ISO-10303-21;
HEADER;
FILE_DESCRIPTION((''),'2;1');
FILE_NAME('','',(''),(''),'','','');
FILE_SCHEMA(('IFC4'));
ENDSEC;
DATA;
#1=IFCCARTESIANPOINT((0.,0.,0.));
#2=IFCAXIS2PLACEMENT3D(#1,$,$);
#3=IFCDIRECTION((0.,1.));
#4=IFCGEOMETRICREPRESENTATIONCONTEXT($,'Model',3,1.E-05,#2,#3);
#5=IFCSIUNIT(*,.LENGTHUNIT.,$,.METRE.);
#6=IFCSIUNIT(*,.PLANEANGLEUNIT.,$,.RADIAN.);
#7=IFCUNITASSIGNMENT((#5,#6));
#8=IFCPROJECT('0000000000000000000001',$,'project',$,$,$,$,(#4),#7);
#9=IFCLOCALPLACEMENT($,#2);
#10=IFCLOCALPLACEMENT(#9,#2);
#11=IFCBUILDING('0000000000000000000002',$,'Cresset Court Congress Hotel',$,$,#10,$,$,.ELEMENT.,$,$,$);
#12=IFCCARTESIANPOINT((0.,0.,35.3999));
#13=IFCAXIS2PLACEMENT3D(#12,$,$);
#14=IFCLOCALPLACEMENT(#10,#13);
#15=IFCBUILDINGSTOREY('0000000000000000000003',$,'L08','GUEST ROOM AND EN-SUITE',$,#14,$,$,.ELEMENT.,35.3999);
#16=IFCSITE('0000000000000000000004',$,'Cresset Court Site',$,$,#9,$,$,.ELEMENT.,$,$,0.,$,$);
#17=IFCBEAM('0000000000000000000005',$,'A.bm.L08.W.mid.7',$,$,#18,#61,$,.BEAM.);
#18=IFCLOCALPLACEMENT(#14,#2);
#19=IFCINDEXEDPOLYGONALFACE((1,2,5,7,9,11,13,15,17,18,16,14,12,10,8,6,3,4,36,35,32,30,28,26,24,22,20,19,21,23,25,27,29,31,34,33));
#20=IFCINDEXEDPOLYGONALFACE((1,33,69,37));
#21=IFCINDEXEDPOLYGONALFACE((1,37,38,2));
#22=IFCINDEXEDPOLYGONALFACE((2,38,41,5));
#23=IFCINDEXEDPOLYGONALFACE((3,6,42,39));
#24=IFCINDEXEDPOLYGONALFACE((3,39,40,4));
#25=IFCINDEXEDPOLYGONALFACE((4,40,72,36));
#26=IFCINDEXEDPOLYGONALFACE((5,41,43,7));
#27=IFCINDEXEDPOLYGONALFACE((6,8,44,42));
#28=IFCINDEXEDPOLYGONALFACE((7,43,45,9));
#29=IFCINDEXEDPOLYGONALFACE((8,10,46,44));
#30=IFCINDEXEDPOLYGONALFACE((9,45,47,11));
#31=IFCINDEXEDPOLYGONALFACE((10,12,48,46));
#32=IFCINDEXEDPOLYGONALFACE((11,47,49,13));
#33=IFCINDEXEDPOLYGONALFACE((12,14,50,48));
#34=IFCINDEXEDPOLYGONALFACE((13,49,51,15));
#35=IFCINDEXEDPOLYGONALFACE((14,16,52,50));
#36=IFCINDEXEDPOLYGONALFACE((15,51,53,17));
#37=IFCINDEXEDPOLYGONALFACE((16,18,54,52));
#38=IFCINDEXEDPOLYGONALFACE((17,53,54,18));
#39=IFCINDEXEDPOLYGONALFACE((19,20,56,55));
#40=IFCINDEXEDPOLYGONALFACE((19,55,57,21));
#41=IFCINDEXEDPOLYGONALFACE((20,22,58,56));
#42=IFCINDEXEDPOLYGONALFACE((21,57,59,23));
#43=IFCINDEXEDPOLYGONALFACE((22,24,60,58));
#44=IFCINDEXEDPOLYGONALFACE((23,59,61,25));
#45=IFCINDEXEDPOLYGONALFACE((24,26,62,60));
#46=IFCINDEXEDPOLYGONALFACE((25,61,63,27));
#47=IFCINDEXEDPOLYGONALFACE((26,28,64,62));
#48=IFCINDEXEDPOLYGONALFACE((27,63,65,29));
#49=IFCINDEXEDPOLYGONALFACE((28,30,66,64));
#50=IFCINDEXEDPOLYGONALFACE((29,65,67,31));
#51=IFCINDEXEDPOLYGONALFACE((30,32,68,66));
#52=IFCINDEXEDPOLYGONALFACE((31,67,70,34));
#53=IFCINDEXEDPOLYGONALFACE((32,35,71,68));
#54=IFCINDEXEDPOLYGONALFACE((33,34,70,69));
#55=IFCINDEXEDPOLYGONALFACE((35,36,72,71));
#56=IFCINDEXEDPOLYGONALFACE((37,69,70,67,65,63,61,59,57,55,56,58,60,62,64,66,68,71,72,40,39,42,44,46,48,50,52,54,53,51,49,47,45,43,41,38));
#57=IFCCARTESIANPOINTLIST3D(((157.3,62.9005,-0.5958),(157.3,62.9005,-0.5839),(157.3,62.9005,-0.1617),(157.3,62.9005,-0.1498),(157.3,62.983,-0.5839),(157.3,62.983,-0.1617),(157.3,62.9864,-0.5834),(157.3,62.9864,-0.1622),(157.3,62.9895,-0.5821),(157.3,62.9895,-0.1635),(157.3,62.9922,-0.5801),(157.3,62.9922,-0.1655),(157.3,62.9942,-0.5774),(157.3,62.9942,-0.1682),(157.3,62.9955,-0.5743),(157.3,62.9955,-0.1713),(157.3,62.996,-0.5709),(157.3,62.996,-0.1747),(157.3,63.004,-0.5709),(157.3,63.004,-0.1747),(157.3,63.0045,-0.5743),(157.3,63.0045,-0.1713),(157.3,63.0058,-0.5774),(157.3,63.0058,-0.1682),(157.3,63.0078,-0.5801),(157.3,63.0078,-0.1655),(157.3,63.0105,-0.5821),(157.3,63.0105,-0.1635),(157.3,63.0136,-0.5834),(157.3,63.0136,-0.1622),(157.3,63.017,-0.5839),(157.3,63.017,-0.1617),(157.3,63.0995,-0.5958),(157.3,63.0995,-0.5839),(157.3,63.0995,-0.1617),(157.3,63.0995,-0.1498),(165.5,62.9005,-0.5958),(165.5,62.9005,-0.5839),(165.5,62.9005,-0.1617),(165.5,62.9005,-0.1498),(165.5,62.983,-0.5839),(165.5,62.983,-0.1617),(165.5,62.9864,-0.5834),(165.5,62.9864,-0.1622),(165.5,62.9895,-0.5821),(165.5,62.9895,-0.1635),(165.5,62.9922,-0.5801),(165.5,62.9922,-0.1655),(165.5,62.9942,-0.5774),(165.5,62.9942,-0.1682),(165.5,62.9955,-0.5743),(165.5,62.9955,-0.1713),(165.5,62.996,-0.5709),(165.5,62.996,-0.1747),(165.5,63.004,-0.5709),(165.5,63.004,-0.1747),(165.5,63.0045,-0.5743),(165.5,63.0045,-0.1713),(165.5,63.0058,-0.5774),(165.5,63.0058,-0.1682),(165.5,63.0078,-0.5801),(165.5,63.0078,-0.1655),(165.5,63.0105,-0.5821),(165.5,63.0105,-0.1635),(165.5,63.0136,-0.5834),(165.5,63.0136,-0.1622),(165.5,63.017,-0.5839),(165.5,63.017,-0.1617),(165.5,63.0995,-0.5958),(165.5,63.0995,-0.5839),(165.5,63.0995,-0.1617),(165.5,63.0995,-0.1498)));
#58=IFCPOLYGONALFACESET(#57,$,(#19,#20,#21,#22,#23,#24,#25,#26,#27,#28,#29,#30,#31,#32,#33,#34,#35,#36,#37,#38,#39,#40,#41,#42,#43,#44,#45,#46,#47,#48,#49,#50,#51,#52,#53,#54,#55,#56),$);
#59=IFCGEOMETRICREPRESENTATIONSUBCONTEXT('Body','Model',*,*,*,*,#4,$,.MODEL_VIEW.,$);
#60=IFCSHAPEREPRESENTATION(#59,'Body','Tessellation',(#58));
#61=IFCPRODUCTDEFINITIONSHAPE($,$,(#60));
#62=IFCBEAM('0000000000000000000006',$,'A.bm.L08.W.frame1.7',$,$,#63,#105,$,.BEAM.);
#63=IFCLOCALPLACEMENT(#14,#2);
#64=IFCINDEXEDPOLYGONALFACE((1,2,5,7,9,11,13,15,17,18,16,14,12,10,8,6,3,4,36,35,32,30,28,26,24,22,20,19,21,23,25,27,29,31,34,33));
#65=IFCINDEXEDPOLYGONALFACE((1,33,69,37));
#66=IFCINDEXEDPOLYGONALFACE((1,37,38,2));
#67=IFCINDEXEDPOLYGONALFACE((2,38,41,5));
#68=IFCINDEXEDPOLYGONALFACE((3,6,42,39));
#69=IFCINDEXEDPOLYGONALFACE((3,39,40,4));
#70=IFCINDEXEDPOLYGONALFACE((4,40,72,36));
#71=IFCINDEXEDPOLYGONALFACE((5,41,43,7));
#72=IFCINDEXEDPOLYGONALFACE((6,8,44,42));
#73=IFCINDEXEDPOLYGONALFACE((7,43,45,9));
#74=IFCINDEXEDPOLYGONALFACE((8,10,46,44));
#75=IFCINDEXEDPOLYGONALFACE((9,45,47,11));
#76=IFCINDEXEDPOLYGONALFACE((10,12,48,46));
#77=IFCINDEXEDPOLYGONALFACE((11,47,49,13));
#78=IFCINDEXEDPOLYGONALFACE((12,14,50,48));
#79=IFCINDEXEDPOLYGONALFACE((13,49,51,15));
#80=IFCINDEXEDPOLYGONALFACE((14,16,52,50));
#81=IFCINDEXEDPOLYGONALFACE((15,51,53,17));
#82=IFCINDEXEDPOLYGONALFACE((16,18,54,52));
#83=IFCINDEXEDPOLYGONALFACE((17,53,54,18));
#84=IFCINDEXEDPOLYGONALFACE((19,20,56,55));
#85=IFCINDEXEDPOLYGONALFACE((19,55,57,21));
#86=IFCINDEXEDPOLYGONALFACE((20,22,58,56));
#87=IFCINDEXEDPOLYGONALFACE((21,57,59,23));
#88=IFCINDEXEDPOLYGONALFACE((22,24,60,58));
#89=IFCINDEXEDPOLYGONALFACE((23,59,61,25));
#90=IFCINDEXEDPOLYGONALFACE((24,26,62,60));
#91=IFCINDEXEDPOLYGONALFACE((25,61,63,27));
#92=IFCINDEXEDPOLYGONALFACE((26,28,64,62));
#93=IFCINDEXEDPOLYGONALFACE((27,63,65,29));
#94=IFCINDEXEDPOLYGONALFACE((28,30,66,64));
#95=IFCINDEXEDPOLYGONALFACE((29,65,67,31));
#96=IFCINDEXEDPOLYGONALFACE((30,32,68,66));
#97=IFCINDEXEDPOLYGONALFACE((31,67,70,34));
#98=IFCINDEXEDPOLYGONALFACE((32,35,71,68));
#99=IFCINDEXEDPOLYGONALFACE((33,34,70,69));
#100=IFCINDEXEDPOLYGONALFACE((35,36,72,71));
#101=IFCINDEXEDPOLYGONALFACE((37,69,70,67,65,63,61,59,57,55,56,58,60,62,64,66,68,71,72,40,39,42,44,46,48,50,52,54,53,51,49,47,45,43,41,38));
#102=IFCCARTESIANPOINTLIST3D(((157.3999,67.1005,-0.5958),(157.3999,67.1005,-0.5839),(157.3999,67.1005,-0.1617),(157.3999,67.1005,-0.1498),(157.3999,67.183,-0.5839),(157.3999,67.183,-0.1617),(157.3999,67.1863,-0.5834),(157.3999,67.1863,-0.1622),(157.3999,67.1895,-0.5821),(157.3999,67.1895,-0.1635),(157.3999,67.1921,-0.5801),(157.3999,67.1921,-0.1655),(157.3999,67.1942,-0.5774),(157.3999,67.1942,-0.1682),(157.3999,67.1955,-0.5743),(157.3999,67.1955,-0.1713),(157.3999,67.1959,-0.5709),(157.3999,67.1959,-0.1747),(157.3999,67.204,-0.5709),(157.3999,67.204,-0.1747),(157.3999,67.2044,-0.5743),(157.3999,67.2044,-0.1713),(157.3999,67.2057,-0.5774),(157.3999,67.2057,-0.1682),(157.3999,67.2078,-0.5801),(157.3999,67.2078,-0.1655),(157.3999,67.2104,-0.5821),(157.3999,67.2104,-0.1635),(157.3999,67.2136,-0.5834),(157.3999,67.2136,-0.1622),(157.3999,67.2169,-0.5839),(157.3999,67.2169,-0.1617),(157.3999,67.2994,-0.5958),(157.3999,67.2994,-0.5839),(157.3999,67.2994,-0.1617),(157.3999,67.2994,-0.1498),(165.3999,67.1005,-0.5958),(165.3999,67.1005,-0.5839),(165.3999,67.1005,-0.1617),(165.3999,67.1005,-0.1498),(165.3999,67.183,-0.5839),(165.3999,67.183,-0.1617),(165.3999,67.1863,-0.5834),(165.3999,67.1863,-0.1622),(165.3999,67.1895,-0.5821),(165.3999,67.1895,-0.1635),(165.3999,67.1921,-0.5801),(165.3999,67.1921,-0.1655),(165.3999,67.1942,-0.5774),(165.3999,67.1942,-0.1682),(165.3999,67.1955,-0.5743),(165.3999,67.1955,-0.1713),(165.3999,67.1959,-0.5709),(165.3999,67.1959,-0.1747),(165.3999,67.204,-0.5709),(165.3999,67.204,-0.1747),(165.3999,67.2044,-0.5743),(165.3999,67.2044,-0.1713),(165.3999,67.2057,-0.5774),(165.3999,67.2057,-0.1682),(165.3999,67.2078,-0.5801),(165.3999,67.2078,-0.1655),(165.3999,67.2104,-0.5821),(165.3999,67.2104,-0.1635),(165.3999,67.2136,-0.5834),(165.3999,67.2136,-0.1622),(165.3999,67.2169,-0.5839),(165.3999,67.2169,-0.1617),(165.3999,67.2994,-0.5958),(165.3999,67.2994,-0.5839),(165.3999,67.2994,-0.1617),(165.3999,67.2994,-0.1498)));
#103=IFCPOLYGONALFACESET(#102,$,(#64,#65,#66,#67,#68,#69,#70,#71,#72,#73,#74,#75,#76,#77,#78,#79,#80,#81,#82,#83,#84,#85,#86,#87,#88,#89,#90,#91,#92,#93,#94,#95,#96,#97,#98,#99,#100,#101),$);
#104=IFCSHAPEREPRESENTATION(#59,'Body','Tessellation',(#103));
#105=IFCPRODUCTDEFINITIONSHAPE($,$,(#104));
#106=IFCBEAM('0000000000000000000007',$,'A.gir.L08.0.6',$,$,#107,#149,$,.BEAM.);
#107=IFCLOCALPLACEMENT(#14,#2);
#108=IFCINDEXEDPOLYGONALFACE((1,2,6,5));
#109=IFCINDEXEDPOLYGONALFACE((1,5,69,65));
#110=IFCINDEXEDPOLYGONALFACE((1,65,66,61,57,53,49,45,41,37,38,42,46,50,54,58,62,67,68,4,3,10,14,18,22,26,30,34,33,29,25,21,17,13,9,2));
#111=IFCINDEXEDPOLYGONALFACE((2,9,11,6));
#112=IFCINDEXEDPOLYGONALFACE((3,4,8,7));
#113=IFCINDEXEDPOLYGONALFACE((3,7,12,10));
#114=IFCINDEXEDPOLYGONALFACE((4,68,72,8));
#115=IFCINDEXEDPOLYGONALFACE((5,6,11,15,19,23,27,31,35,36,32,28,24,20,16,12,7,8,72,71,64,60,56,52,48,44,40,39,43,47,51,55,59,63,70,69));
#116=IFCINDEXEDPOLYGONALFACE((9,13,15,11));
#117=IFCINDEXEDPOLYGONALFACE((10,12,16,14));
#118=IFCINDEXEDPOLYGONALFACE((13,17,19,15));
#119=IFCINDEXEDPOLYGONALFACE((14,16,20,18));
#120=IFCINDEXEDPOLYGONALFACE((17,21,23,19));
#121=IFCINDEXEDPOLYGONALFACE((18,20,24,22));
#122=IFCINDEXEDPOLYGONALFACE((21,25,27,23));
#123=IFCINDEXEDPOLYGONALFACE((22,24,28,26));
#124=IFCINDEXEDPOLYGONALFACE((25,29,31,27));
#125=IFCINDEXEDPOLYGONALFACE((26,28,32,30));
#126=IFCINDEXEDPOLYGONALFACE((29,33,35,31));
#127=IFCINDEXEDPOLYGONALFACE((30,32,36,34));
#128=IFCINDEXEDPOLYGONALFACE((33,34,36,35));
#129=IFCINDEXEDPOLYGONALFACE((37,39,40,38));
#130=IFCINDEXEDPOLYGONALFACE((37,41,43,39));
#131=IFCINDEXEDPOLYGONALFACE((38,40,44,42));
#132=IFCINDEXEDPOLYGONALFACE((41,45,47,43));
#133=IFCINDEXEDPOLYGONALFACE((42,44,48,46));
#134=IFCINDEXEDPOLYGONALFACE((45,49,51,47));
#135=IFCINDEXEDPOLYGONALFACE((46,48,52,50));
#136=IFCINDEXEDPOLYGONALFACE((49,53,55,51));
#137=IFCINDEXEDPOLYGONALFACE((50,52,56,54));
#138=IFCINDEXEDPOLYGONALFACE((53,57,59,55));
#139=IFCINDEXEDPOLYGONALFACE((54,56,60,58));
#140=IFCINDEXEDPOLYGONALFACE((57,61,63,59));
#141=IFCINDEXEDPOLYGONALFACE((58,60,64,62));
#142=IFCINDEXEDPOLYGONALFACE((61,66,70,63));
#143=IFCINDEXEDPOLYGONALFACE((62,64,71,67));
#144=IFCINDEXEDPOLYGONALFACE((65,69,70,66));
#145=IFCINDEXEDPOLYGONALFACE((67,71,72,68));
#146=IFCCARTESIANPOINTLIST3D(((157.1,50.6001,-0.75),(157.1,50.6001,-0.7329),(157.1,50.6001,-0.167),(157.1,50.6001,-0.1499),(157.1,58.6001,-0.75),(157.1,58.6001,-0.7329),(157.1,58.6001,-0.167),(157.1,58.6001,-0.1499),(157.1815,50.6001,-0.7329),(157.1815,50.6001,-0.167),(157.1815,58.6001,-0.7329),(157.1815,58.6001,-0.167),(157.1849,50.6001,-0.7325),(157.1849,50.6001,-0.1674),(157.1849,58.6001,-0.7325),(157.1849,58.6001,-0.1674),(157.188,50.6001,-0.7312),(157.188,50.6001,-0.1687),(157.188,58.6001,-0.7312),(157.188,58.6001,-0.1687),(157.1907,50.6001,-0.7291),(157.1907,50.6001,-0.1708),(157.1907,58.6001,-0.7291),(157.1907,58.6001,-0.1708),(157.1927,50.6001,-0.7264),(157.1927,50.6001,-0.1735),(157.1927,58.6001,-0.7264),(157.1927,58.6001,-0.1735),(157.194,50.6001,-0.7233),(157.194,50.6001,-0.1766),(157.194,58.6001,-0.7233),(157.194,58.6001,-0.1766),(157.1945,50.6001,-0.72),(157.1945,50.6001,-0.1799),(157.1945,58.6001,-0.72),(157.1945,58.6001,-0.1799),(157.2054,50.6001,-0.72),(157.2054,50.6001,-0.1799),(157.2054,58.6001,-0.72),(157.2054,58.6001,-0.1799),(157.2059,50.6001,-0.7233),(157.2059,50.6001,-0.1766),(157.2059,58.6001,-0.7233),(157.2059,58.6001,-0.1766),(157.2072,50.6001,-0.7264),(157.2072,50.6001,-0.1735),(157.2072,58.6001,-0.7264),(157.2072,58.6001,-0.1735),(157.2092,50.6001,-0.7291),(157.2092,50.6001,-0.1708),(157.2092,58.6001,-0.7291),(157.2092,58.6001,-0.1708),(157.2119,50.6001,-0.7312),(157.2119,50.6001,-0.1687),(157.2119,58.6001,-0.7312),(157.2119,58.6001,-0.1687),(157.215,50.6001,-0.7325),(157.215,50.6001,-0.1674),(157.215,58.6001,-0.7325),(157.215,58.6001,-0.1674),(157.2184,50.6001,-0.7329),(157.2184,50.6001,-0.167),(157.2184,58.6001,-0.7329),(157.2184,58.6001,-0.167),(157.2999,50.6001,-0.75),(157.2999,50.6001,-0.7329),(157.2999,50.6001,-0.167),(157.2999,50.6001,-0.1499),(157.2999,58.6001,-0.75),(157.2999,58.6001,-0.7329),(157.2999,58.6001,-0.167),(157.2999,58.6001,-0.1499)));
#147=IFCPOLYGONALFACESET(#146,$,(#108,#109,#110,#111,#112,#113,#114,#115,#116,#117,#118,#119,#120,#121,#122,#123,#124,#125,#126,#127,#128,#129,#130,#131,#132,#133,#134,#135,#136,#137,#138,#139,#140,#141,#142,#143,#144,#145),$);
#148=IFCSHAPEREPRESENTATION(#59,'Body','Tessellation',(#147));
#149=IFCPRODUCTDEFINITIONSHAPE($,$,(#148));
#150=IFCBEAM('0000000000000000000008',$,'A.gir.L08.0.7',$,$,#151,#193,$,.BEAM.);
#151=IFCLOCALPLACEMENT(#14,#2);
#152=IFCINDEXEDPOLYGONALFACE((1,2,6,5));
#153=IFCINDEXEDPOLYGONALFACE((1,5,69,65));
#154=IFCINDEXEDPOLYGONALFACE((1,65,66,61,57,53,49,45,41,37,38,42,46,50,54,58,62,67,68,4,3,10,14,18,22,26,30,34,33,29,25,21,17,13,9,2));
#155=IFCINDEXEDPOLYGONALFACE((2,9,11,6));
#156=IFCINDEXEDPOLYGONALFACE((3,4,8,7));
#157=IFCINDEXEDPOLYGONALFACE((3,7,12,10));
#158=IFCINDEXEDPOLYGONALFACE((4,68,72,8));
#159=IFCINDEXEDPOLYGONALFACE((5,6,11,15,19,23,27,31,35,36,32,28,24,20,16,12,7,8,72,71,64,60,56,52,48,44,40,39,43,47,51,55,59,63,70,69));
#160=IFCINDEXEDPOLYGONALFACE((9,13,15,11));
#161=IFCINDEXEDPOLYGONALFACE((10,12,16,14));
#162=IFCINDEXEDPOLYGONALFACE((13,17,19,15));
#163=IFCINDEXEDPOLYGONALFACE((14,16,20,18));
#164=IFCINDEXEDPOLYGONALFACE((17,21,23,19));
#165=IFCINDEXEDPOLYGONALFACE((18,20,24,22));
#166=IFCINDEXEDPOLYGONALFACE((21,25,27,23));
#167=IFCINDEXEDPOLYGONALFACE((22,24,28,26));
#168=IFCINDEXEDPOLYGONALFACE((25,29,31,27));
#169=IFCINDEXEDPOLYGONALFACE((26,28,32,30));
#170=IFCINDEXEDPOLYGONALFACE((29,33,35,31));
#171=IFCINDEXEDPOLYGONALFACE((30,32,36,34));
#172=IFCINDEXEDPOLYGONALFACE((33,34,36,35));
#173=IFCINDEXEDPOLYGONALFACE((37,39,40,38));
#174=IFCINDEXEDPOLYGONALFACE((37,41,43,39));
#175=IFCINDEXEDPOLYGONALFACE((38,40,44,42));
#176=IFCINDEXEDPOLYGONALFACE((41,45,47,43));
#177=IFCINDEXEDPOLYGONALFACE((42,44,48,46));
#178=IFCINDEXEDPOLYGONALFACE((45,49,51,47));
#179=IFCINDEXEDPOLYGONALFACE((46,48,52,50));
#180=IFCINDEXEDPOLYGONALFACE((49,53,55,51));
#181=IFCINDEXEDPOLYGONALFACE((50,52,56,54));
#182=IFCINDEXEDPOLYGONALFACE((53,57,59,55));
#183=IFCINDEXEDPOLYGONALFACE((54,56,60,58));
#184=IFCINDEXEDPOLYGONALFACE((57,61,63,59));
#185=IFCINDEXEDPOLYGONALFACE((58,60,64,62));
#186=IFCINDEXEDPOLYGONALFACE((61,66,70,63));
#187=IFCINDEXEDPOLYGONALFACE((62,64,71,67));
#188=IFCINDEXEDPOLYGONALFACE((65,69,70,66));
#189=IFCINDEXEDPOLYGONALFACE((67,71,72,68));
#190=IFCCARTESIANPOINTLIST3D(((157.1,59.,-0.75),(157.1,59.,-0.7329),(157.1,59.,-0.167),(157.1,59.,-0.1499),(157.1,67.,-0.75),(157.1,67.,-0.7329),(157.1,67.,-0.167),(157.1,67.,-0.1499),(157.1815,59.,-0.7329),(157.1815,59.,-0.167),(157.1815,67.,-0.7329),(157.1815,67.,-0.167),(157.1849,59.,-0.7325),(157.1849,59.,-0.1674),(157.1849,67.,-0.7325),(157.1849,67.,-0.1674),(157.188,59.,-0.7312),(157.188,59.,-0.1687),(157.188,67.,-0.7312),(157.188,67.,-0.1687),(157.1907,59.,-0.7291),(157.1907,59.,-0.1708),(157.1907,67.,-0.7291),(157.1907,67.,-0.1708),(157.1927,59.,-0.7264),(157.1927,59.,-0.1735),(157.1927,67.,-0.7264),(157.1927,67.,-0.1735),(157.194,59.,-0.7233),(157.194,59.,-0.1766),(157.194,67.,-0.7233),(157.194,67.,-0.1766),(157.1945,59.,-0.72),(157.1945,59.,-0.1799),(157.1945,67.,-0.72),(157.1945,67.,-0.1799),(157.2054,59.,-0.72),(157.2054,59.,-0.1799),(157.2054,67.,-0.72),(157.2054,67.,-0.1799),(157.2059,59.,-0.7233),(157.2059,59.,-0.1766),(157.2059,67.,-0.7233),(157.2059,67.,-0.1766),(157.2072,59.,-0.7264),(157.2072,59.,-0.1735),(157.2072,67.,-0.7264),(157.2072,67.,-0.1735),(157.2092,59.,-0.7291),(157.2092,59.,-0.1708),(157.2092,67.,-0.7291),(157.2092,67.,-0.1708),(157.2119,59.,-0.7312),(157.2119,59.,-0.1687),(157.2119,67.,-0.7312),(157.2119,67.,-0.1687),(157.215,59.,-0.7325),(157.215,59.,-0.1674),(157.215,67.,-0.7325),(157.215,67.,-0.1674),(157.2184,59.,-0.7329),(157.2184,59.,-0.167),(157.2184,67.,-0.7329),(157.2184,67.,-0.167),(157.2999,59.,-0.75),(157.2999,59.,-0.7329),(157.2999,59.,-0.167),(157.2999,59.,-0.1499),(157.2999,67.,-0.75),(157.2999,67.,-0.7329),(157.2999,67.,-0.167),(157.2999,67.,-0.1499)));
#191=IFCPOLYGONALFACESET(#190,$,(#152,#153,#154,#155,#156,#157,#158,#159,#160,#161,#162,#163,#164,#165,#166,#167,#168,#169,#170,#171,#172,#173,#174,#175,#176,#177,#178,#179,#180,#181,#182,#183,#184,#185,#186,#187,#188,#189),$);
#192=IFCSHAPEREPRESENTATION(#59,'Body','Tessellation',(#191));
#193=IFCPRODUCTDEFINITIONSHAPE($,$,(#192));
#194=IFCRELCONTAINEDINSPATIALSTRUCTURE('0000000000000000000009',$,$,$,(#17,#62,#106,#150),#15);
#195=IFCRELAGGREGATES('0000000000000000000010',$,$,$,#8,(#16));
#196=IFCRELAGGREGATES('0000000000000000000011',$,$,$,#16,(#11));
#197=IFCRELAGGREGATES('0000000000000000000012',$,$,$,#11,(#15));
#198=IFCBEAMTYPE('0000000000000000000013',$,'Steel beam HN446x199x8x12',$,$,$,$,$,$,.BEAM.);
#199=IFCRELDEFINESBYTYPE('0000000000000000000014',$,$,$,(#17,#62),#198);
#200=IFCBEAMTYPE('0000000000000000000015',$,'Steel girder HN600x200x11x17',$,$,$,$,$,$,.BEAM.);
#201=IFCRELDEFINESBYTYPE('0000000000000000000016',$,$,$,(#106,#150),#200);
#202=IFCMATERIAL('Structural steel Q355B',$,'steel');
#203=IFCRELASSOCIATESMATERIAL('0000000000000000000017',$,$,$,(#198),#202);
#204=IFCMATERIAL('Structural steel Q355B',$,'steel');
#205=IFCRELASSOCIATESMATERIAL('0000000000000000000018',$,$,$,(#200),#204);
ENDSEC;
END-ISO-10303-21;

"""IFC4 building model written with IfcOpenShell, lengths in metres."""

from ifc_helpers import new_model, si_unit, direction, frame, origin, origin_2d, place, context, subcontext, project, spatial, i_section, extrude, material, material_profile, profile_set, type_object, element, save


model = new_model("IFC4")

# Units and contexts
model_context = context("Model", 3, precision=1e-05, world=origin(), true_north=direction((0.0, 1.0)))
body_context = subcontext(model_context, "Body", "Model", "MODEL_VIEW")
ifc_project = project(units=[si_unit("LENGTHUNIT", "METRE"), si_unit("PLANEANGLEUNIT", "RADIAN")], contexts=[model_context])

# Site, building, storey
site_placement = place(None, origin())
site = spatial("IfcSite", under=ifc_project, at=site_placement, Name="Cresset Court Site", CompositionType="ELEMENT", RefElevation=0.0)
building_placement = place(site_placement, origin())
building = spatial("IfcBuilding", under=site, at=building_placement, Name="Cresset Court Congress Hotel", CompositionType="ELEMENT")
storey_placement = place(building_placement, frame((0.0, 0.0, 35.3999)))
storey = spatial("IfcBuildingStorey", under=building, at=storey_placement, Name="L08", Description="GUEST ROOM AND EN-SUITE", CompositionType="ELEMENT", Elevation=35.3999)

# Beams
ifc_material_1 = material(Name="Structural steel Q355B", Category="steel")
ifc_material_profile_1 = material_profile(ifc_material_1, i_section(OverallWidth=0.199, OverallDepth=0.446, WebThickness=0.0081, FlangeThickness=0.012, FilletRadius=0.0129, at=origin_2d()), Name="HN446x199x8x12")
ifc_profile_set_1 = profile_set([ifc_material_profile_1], Name="Structural steel Q355B")
beam_type_1 = type_object("IfcBeamType", Name="Steel beam HN446x199x8x12", PredefinedType="BEAM", material=ifc_profile_set_1)
beam_1_placement = place(storey_placement, frame((157.3, 63.0, -0.3728), z_axis=(1.0, 0.0, 0.0), x_axis=(0.0, 1.0, 0.0)))
element("IfcBeam", 1, at=beam_1_placement, inside=storey, type_object=beam_type_1, Name="A.bm.L08.W.mid.7", PredefinedType="BEAM", context=body_context, shape_type="SweptSolid", body=[
    extrude(i_section(OverallWidth=0.199, OverallDepth=0.446, WebThickness=0.0081, FlangeThickness=0.012, FilletRadius=0.0129, at=origin_2d()), origin(), (0.0, 0.0, 1.0), 8.2),
])
beam_2_placement = place(storey_placement, frame((157.3999, 67.2, -0.3728), z_axis=(1.0, 0.0, 0.0), x_axis=(0.0, 1.0, 0.0)))
element("IfcBeam", 2, at=beam_2_placement, inside=storey, type_object=beam_type_1, Name="A.bm.L08.W.frame1.7", PredefinedType="BEAM", context=body_context, shape_type="SweptSolid", body=[
    extrude(i_section(OverallWidth=0.199, OverallDepth=0.446, WebThickness=0.0081, FlangeThickness=0.012, FilletRadius=0.0129, at=origin_2d()), origin(), (0.0, 0.0, 1.0), 8.0),
])
ifc_material_2 = material(Name="Structural steel Q355B", Category="steel")
ifc_material_profile_2 = material_profile(ifc_material_2, i_section(OverallWidth=0.2, OverallDepth=0.6001, WebThickness=0.011, FlangeThickness=0.0171, FilletRadius=0.0129, at=origin_2d()), Name="HN600x200x11x17")
ifc_profile_set_2 = profile_set([ifc_material_profile_2], Name="Structural steel Q355B")
beam_type_2 = type_object("IfcBeamType", Name="Steel girder HN600x200x11x17", PredefinedType="BEAM", material=ifc_profile_set_2)
for number, where, z_axis, x_axis, name in (
    (3, (157.2, 50.6001, -0.45), (0.0, 1.0, 0.0), (-1.0, 0.0, 0.0), "A.gir.L08.0.6"),
    (4, (157.2, 59.0, -0.45), (0.0, 1.0, 0.0), (-1.0, 0.0, 0.0), "A.gir.L08.0.7"),
):
    element("IfcBeam", number, at=place(storey_placement, frame(where, z_axis=z_axis, x_axis=x_axis)), inside=storey, type_object=beam_type_2, Name=name, PredefinedType="BEAM", context=body_context, shape_type="SweptSolid", body=[
        extrude(i_section(OverallWidth=0.2, OverallDepth=0.6001, WebThickness=0.011, FlangeThickness=0.0171, FilletRadius=0.0129, at=origin_2d()), origin(), (0.0, 0.0, 1.0), 8.0),
    ])

save(model, "model.ifc")
